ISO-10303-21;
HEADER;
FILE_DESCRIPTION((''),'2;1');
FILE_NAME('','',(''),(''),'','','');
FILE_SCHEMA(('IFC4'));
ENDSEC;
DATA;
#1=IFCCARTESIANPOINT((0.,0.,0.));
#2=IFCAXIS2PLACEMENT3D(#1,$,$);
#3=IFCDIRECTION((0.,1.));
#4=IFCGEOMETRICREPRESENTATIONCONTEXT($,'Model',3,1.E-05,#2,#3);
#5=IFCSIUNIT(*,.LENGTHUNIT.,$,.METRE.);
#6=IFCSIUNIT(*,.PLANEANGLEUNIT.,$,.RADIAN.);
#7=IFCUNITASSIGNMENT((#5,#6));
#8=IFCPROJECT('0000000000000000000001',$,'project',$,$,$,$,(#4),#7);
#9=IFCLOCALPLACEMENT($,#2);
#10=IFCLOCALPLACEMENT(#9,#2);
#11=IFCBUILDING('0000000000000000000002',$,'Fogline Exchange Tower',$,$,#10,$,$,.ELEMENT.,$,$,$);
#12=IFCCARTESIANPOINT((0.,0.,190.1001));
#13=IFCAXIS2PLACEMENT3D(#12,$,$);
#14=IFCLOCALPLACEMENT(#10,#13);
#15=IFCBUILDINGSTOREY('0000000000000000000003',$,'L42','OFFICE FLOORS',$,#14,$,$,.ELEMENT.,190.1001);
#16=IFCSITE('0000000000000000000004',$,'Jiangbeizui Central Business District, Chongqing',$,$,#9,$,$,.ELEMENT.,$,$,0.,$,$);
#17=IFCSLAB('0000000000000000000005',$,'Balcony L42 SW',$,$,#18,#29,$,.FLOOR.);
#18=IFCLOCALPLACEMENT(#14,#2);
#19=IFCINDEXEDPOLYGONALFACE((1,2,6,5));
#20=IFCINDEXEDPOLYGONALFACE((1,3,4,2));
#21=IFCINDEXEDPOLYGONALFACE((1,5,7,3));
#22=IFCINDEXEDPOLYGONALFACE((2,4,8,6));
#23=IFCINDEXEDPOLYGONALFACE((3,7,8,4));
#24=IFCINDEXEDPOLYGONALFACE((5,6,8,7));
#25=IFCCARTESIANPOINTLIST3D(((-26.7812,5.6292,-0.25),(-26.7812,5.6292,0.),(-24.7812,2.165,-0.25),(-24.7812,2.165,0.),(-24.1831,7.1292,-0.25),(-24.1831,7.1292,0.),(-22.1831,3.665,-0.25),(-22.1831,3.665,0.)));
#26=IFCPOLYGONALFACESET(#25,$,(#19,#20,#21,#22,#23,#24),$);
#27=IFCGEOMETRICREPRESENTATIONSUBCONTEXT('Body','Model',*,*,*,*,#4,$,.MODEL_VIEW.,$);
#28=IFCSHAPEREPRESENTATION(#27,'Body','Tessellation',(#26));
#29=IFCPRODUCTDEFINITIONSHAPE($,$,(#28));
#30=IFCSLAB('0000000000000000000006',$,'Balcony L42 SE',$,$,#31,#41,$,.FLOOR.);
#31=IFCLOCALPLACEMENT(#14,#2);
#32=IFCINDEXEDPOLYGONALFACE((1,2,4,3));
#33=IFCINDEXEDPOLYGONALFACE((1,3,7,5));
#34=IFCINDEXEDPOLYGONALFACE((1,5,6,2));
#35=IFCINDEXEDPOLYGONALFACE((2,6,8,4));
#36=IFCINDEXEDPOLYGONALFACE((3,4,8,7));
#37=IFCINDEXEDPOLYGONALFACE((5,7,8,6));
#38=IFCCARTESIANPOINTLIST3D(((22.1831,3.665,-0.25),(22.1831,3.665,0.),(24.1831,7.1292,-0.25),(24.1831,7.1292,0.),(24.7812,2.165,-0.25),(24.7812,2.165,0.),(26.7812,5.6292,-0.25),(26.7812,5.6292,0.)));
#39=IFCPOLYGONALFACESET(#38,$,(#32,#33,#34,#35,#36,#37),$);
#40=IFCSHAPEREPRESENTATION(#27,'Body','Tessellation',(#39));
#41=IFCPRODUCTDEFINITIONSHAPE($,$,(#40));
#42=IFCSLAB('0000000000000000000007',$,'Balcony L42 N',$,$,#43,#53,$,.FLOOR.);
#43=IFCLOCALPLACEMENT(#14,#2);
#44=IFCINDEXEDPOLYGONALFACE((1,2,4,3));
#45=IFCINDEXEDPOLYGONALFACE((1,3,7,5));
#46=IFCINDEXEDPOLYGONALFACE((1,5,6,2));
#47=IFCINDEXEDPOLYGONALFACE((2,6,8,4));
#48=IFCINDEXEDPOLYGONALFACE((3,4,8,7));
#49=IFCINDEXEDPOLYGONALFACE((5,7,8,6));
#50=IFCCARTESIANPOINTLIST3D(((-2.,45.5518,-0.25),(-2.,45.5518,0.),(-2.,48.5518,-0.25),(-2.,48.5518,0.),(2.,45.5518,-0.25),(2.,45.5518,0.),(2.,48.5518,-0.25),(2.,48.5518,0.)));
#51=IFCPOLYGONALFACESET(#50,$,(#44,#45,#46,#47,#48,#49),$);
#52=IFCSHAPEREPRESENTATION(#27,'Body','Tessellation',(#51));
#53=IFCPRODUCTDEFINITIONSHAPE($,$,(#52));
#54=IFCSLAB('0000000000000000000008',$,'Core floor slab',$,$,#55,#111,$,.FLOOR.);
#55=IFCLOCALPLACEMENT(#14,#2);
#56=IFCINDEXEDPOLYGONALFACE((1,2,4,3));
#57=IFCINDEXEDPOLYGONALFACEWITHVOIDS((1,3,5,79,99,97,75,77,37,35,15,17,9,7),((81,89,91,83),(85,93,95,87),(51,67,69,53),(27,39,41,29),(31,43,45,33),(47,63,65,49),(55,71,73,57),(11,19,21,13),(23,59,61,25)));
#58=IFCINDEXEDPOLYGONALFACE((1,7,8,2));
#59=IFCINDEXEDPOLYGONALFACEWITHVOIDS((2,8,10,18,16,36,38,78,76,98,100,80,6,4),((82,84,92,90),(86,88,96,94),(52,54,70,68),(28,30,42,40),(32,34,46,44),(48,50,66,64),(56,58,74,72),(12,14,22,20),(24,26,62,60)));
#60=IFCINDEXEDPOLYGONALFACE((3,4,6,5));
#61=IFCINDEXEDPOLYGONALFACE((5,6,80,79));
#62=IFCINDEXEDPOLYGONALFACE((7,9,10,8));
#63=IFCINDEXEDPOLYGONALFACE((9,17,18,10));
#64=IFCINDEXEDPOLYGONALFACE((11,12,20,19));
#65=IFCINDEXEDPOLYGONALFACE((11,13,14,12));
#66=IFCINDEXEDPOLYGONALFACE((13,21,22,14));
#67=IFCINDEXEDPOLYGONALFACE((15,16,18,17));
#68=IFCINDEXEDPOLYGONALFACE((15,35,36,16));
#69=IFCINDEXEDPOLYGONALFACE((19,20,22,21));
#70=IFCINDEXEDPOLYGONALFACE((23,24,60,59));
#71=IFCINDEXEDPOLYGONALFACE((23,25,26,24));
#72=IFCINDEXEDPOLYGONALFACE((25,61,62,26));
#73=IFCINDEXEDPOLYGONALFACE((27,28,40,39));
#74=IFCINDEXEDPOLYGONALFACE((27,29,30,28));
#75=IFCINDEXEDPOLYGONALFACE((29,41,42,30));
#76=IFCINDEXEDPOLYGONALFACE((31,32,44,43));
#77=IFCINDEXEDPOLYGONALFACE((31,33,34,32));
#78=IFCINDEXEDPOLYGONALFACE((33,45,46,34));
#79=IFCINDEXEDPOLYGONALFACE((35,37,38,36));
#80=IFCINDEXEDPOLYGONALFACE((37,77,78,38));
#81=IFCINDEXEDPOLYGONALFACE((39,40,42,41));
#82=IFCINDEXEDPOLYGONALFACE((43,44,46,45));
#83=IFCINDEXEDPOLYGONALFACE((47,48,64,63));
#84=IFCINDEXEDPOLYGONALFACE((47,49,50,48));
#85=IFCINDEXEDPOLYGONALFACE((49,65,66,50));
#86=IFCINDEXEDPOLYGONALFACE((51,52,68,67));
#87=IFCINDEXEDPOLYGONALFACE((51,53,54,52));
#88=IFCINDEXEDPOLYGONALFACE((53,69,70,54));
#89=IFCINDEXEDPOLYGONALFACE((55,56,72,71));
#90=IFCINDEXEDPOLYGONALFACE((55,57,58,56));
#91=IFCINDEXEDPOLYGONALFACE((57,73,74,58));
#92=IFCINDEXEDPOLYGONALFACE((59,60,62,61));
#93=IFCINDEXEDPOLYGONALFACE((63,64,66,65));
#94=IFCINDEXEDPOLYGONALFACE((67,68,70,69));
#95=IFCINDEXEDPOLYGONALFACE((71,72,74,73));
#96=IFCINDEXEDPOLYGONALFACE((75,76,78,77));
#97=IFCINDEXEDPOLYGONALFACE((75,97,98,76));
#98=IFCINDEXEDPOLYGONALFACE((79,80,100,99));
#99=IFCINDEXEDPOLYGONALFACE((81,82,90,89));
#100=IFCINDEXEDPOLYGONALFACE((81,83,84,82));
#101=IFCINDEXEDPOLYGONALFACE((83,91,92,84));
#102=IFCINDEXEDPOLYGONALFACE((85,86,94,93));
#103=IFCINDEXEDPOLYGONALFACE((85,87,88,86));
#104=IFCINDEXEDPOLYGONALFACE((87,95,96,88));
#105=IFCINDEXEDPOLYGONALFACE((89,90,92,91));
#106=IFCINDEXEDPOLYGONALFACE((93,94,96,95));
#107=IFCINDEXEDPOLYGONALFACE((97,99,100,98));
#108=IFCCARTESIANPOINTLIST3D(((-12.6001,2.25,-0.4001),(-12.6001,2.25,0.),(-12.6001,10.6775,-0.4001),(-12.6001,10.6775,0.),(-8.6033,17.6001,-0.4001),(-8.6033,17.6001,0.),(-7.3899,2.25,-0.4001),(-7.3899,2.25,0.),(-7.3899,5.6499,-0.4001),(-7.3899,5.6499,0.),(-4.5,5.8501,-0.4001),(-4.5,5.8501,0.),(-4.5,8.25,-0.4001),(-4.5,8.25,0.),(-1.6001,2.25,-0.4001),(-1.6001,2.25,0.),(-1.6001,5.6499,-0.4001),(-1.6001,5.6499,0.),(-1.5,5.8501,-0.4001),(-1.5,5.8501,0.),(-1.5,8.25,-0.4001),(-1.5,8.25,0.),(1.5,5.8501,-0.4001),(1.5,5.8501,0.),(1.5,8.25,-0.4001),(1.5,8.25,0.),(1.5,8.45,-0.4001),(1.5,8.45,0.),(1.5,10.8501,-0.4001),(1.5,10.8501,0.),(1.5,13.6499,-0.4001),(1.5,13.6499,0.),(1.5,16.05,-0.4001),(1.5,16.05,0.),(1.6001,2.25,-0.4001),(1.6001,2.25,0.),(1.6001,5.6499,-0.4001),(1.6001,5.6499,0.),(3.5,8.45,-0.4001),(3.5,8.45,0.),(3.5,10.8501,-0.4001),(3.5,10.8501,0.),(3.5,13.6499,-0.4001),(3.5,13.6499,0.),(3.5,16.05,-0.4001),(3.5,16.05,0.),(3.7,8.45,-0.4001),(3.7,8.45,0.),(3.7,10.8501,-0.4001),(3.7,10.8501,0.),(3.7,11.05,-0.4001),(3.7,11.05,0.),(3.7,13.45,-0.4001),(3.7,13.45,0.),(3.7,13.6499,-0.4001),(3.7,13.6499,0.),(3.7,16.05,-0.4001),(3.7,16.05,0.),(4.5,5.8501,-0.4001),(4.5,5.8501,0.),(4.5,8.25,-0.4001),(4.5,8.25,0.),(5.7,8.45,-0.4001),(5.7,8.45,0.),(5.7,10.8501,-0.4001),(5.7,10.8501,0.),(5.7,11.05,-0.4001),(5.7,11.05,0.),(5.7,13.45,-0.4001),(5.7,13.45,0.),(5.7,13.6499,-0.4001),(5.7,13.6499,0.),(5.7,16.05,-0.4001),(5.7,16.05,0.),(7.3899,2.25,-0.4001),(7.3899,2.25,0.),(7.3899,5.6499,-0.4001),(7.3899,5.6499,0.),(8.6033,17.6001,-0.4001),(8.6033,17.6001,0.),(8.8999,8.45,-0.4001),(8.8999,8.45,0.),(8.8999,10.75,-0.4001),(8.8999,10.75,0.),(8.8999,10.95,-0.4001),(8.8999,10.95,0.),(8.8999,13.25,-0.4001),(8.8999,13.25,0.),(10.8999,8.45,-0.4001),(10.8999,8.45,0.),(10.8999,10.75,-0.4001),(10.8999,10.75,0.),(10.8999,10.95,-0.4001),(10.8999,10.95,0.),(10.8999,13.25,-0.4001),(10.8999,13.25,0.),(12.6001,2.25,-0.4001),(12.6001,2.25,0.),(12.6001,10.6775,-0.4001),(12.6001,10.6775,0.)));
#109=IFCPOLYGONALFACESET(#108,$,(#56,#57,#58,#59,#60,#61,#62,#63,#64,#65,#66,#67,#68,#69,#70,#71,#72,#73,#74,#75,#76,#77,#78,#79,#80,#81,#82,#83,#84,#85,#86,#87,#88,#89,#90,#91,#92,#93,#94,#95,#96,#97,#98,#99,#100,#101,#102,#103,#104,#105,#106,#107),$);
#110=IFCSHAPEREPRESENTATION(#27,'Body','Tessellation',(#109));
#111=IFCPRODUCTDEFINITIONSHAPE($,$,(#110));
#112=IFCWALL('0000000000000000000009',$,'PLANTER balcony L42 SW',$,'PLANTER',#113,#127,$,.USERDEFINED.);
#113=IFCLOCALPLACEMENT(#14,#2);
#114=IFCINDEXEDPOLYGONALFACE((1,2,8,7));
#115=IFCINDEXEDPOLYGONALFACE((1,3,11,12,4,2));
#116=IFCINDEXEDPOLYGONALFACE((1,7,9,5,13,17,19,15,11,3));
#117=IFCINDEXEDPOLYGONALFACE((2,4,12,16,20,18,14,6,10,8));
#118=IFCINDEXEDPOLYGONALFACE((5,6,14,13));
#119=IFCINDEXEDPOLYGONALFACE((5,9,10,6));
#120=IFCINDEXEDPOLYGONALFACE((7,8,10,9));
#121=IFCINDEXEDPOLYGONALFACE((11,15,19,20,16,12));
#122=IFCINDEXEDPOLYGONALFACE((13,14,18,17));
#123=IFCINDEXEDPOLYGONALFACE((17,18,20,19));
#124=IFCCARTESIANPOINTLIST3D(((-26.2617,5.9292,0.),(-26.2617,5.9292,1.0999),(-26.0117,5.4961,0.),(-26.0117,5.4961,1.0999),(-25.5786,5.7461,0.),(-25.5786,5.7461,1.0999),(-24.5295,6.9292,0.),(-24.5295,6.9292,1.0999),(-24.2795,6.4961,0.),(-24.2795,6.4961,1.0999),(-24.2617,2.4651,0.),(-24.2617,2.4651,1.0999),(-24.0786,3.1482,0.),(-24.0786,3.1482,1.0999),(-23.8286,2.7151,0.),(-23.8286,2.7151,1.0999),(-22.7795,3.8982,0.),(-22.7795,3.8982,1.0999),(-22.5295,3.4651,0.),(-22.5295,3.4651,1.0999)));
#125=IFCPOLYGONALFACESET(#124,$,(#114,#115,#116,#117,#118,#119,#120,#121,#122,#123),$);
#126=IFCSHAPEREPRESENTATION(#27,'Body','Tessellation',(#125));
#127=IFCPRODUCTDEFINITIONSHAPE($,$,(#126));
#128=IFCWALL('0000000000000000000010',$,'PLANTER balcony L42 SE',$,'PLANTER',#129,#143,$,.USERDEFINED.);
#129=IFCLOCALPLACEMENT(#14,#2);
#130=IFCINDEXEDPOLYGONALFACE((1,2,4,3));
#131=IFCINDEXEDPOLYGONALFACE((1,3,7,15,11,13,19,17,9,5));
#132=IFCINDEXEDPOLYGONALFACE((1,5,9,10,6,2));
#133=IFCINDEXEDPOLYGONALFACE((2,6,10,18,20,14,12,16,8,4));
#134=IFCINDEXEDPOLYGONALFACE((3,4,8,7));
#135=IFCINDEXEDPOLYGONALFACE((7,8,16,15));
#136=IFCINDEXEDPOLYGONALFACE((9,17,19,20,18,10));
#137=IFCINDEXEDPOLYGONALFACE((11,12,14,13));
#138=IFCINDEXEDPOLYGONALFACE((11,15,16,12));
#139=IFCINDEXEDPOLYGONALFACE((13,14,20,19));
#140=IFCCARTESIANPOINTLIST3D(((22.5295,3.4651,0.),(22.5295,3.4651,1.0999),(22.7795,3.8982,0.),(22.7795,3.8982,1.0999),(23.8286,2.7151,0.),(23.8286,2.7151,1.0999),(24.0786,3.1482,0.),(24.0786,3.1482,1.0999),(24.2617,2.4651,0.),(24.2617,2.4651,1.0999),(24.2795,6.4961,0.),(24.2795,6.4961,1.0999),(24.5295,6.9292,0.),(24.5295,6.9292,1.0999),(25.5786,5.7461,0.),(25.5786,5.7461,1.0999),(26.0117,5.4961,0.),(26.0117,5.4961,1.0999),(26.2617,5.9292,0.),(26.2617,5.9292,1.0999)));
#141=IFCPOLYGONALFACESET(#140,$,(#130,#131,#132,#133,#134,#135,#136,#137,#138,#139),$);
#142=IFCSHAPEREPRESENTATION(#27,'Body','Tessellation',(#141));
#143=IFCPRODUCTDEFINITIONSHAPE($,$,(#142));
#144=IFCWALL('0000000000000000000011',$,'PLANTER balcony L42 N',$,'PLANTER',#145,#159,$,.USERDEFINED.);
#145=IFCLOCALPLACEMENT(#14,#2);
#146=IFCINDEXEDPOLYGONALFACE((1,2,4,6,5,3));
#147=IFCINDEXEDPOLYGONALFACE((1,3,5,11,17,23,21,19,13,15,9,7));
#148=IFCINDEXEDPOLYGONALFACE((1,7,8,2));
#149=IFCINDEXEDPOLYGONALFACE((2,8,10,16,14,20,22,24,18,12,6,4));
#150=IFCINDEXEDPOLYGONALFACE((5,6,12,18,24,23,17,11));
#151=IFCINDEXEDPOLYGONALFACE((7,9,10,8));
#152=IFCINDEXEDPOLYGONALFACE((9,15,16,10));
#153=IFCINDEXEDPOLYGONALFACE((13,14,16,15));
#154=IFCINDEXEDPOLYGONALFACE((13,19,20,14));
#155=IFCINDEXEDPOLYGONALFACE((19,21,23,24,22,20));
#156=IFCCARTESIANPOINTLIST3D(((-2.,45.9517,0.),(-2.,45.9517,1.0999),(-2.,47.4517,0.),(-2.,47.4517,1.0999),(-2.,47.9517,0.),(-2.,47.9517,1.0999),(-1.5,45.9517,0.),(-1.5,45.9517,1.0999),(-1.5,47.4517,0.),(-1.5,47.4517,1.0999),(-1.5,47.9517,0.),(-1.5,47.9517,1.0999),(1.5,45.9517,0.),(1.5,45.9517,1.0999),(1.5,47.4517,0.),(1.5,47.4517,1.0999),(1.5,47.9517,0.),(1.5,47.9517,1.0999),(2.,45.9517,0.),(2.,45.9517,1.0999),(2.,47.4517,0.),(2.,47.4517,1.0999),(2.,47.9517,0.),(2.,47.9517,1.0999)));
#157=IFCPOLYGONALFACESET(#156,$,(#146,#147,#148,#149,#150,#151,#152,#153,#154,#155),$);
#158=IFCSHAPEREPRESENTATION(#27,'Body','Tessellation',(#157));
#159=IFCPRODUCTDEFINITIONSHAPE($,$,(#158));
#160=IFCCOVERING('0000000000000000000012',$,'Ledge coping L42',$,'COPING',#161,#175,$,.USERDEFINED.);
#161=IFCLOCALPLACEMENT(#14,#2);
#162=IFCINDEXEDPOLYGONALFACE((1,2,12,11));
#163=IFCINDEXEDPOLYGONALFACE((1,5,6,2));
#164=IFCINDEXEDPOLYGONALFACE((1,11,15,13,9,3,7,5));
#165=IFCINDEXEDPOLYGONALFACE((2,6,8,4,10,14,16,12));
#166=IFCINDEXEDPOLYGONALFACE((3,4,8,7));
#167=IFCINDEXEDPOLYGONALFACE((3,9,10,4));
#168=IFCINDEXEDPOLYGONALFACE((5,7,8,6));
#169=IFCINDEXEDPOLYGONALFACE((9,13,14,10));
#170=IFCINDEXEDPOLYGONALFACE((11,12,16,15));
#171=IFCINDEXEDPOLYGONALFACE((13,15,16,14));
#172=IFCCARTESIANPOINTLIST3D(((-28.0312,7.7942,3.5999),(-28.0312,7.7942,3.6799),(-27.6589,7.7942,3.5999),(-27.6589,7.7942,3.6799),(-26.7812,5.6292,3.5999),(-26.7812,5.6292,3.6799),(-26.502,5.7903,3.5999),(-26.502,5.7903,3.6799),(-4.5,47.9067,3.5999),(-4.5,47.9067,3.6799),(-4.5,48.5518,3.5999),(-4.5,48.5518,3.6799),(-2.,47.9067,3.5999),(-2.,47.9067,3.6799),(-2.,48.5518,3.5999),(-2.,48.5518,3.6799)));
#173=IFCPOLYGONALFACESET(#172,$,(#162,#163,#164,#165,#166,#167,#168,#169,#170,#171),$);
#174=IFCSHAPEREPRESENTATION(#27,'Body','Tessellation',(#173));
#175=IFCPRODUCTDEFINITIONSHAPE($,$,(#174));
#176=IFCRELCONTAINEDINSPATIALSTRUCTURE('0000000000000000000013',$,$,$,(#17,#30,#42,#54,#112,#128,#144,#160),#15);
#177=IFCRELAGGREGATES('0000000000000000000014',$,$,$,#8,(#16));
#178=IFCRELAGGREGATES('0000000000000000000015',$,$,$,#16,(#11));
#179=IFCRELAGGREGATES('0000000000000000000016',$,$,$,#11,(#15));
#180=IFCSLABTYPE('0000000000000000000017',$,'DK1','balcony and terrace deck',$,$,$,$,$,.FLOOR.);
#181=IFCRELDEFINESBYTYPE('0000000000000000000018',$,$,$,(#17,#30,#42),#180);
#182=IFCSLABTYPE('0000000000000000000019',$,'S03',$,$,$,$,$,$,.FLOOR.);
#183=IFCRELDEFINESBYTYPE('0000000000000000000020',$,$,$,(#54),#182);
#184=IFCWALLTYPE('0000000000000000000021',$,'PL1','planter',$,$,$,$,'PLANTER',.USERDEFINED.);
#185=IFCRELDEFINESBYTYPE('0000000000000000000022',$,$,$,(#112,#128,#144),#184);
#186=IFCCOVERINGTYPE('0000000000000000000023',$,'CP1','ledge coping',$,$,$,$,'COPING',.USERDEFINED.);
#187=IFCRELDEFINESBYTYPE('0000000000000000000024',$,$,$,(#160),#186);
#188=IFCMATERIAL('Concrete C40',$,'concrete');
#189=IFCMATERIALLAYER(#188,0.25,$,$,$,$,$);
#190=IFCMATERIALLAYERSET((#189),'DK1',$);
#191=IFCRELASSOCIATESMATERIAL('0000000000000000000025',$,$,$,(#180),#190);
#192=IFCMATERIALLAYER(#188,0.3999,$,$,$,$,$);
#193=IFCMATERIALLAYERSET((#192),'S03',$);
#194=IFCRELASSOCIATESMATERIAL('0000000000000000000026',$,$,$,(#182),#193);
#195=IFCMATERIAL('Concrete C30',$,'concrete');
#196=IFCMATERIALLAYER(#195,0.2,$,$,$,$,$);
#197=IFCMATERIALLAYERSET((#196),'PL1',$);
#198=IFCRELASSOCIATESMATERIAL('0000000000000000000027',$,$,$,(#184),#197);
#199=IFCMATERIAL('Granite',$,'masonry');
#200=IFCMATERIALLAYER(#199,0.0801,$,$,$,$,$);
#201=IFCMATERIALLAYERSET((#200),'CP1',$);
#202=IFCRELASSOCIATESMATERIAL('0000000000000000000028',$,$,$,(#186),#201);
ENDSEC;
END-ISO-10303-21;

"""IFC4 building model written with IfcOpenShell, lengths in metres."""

from ifc_helpers import new_model, si_unit, direction, frame, origin, place, context, subcontext, project, spatial, polyline, outline, extrude, material, layer, layer_set, type_object, element, save


model = new_model("IFC4")

# Units and contexts
model_context = context("Model", 3, precision=1e-05, world=origin(), true_north=direction((0.0, 1.0)))
body_context = subcontext(model_context, "Body", "Model", "MODEL_VIEW")
ifc_project = project(units=[si_unit("LENGTHUNIT", "METRE"), si_unit("PLANEANGLEUNIT", "RADIAN")], contexts=[model_context])

# Site, building, storey
site_placement = place(None, origin())
site = spatial("IfcSite", under=ifc_project, at=site_placement, Name="Jiangbeizui Central Business District, Chongqing", CompositionType="ELEMENT", RefElevation=0.0)
building_placement = place(site_placement, origin())
building = spatial("IfcBuilding", under=site, at=building_placement, Name="Fogline Exchange Tower", CompositionType="ELEMENT")
storey_placement = place(building_placement, frame((0.0, 0.0, 190.1001)))
storey = spatial("IfcBuildingStorey", under=building, at=storey_placement, Name="L42", Description="OFFICE FLOORS", CompositionType="ELEMENT", Elevation=190.1001)

# Slabs
ifc_material_1 = material(Name="Concrete C40", Category="concrete")
ifc_layer_1 = layer(ifc_material_1, 0.25)
ifc_layer_set_1 = layer_set([ifc_layer_1], Name="DK1")
slab_type_1 = type_object("IfcSlabType", Name="DK1", Description="balcony and terrace deck", PredefinedType="FLOOR", material=ifc_layer_set_1)
slab_1_placement = place(storey_placement, frame((0.0, 0.0, -0.25)))
element("IfcSlab", 1, at=slab_1_placement, inside=storey, type_object=slab_type_1, Name="Balcony L42 SW", PredefinedType="FLOOR", context=body_context, shape_type="SweptSolid", body=[
    extrude(outline(polyline([(-26.7812, 5.6292), (-24.7812, 2.165), (-22.1831, 3.665), (-24.1831, 7.1292), (-26.7812, 5.6292)])), origin(), (0.0, 0.0, 1.0), 0.25),
])
slab_2_placement = place(storey_placement, frame((0.0, 0.0, -0.25)))
element("IfcSlab", 2, at=slab_2_placement, inside=storey, type_object=slab_type_1, Name="Balcony L42 SE", PredefinedType="FLOOR", context=body_context, shape_type="SweptSolid", body=[
    extrude(outline(polyline([(24.7812, 2.165), (26.7812, 5.6292), (24.1831, 7.1292), (22.1831, 3.665), (24.7812, 2.165)])), origin(), (0.0, 0.0, 1.0), 0.25),
])
slab_3_placement = place(storey_placement, frame((0.0, 0.0, -0.25)))
element("IfcSlab", 3, at=slab_3_placement, inside=storey, type_object=slab_type_1, Name="Balcony L42 N", PredefinedType="FLOOR", context=body_context, shape_type="SweptSolid", body=[
    extrude(outline(polyline([(2.0, 48.5518), (-2.0, 48.5518), (-2.0, 45.5518), (2.0, 45.5518), (2.0, 48.5518)])), origin(), (0.0, 0.0, 1.0), 0.25),
])
ifc_layer_2 = layer(ifc_material_1, 0.3999)
ifc_layer_set_2 = layer_set([ifc_layer_2], Name="S03")
slab_type_2 = type_object("IfcSlabType", Name="S03", PredefinedType="FLOOR", material=ifc_layer_set_2)
slab_4_placement = place(storey_placement, frame((0.0, 0.0, -0.4001)))
element("IfcSlab", 4, at=slab_4_placement, inside=storey, type_object=slab_type_2, Name="Core floor slab", PredefinedType="FLOOR", context=body_context, shape_type="SweptSolid", body=[
    extrude(outline(polyline([(-12.6001, 2.25), (-12.6001, 10.6775), (-8.6033, 17.6001), (8.6033, 17.6001), (12.6001, 10.6775), (12.6001, 2.25), (7.3899, 2.25), (7.3899, 5.6499), (1.6001, 5.6499), (1.6001, 2.25), (-1.6001, 2.25), (-1.6001, 5.6499), (-7.3899, 5.6499), (-7.3899, 2.25), (-12.6001, 2.25)]), holes=[polyline([(-4.5, 8.25), (-4.5, 5.8501), (-1.5, 5.8501), (-1.5, 8.25), (-4.5, 8.25)]), polyline([(4.5, 8.25), (1.5, 8.25), (1.5, 5.8501), (4.5, 5.8501), (4.5, 8.25)]), polyline([(3.5, 10.8501), (1.5, 10.8501), (1.5, 8.45), (3.5, 8.45), (3.5, 10.8501)]), polyline([(1.5, 16.05), (1.5, 13.6499), (3.5, 13.6499), (3.5, 16.05), (1.5, 16.05)]), polyline([(10.8999, 10.75), (8.8999, 10.75), (8.8999, 8.45), (10.8999, 8.45), (10.8999, 10.75)]), polyline([(5.7, 10.8501), (3.7, 10.8501), (3.7, 8.45), (5.7, 8.45), (5.7, 10.8501)]), polyline([(8.8999, 13.25), (8.8999, 10.95), (10.8999, 10.95), (10.8999, 13.25), (8.8999, 13.25)]), polyline([(5.7, 13.45), (3.7, 13.45), (3.7, 11.05), (5.7, 11.05), (5.7, 13.45)]), polyline([(5.7, 16.05), (3.7, 16.05), (3.7, 13.6499), (5.7, 13.6499), (5.7, 16.05)])]), origin(), (0.0, 0.0, 1.0), 0.4001),
])

# Walls
ifc_material_2 = material(Name="Concrete C30", Category="concrete")
ifc_layer_3 = layer(ifc_material_2, 0.2)
ifc_layer_set_3 = layer_set([ifc_layer_3], Name="PL1")
wall_type = type_object("IfcWallType", Name="PL1", Description="planter", ElementType="PLANTER", PredefinedType="USERDEFINED", material=ifc_layer_set_3)
wall_1_placement = place(storey_placement, origin())
element("IfcWall", 5, at=wall_1_placement, inside=storey, type_object=wall_type, Name="PLANTER balcony L42 SW", ObjectType="PLANTER", PredefinedType="USERDEFINED", context=body_context, shape_type="SweptSolid", body=[
    extrude(outline(polyline([(-22.7795, 3.8982), (-24.0786, 3.1482), (-25.5786, 5.7461), (-24.2795, 6.4961), (-24.5295, 6.9292), (-26.2617, 5.9292), (-26.0117, 5.4961), (-24.2617, 2.4651), (-23.8286, 2.7151), (-23.8286, 2.7151), (-22.5295, 3.4651), (-22.7795, 3.8982)])), origin(), (0.0, 0.0, 1.0), 1.0999),
])
wall_2_placement = place(storey_placement, origin())
element("IfcWall", 6, at=wall_2_placement, inside=storey, type_object=wall_type, Name="PLANTER balcony L42 SE", ObjectType="PLANTER", PredefinedType="USERDEFINED", context=body_context, shape_type="SweptSolid", body=[
    extrude(outline(polyline([(22.5295, 3.4651), (23.8286, 2.7151), (23.8286, 2.7151), (24.2617, 2.4651), (26.0117, 5.4961), (26.2617, 5.9292), (24.5295, 6.9292), (24.2795, 6.4961), (25.5786, 5.7461), (24.0786, 3.1482), (22.7795, 3.8982), (22.5295, 3.4651)])), origin(), (0.0, 0.0, 1.0), 1.0999),
])
wall_3_placement = place(storey_placement, origin())
element("IfcWall", 7, at=wall_3_placement, inside=storey, type_object=wall_type, Name="PLANTER balcony L42 N", ObjectType="PLANTER", PredefinedType="USERDEFINED", context=body_context, shape_type="SweptSolid", body=[
    extrude(outline(polyline([(-1.5, 47.9517), (-2.0, 47.9517), (-2.0, 47.4517), (-2.0, 45.9517), (-1.5, 45.9517), (-1.5, 47.4517), (1.5, 47.4517), (1.5, 45.9517), (2.0, 45.9517), (2.0, 47.4517), (2.0, 47.9517), (1.5, 47.9517), (-1.5, 47.9517)])), origin(), (0.0, 0.0, 1.0), 1.0999),
])

# Covering
ifc_material_3 = material(Name="Granite", Category="masonry")
ifc_layer_4 = layer(ifc_material_3, 0.0801)
ifc_layer_set_4 = layer_set([ifc_layer_4], Name="CP1")
covering_type_1 = type_object("IfcCoveringType", Name="CP1", Description="ledge coping", ElementType="COPING", PredefinedType="USERDEFINED", material=ifc_layer_set_4)
covering_1_placement = place(storey_placement, frame((0.0, 0.0, 3.5999)))
element("IfcCovering", 8, at=covering_1_placement, inside=storey, type_object=covering_type_1, Name="Ledge coping L42", ObjectType="COPING", PredefinedType="USERDEFINED", context=body_context, shape_type="SweptSolid", body=[
    extrude(outline(polyline([(-26.7812, 5.6292), (-26.502, 5.7903), (-27.6589, 7.7942), (-4.5, 47.9067), (-2.0, 47.9067), (-2.0, 48.5518), (-4.5, 48.5518), (-28.0312, 7.7942), (-26.7812, 5.6292)])), origin(), (0.0, 0.0, 1.0), 0.0801),
])

save(model, "model.ifc")
